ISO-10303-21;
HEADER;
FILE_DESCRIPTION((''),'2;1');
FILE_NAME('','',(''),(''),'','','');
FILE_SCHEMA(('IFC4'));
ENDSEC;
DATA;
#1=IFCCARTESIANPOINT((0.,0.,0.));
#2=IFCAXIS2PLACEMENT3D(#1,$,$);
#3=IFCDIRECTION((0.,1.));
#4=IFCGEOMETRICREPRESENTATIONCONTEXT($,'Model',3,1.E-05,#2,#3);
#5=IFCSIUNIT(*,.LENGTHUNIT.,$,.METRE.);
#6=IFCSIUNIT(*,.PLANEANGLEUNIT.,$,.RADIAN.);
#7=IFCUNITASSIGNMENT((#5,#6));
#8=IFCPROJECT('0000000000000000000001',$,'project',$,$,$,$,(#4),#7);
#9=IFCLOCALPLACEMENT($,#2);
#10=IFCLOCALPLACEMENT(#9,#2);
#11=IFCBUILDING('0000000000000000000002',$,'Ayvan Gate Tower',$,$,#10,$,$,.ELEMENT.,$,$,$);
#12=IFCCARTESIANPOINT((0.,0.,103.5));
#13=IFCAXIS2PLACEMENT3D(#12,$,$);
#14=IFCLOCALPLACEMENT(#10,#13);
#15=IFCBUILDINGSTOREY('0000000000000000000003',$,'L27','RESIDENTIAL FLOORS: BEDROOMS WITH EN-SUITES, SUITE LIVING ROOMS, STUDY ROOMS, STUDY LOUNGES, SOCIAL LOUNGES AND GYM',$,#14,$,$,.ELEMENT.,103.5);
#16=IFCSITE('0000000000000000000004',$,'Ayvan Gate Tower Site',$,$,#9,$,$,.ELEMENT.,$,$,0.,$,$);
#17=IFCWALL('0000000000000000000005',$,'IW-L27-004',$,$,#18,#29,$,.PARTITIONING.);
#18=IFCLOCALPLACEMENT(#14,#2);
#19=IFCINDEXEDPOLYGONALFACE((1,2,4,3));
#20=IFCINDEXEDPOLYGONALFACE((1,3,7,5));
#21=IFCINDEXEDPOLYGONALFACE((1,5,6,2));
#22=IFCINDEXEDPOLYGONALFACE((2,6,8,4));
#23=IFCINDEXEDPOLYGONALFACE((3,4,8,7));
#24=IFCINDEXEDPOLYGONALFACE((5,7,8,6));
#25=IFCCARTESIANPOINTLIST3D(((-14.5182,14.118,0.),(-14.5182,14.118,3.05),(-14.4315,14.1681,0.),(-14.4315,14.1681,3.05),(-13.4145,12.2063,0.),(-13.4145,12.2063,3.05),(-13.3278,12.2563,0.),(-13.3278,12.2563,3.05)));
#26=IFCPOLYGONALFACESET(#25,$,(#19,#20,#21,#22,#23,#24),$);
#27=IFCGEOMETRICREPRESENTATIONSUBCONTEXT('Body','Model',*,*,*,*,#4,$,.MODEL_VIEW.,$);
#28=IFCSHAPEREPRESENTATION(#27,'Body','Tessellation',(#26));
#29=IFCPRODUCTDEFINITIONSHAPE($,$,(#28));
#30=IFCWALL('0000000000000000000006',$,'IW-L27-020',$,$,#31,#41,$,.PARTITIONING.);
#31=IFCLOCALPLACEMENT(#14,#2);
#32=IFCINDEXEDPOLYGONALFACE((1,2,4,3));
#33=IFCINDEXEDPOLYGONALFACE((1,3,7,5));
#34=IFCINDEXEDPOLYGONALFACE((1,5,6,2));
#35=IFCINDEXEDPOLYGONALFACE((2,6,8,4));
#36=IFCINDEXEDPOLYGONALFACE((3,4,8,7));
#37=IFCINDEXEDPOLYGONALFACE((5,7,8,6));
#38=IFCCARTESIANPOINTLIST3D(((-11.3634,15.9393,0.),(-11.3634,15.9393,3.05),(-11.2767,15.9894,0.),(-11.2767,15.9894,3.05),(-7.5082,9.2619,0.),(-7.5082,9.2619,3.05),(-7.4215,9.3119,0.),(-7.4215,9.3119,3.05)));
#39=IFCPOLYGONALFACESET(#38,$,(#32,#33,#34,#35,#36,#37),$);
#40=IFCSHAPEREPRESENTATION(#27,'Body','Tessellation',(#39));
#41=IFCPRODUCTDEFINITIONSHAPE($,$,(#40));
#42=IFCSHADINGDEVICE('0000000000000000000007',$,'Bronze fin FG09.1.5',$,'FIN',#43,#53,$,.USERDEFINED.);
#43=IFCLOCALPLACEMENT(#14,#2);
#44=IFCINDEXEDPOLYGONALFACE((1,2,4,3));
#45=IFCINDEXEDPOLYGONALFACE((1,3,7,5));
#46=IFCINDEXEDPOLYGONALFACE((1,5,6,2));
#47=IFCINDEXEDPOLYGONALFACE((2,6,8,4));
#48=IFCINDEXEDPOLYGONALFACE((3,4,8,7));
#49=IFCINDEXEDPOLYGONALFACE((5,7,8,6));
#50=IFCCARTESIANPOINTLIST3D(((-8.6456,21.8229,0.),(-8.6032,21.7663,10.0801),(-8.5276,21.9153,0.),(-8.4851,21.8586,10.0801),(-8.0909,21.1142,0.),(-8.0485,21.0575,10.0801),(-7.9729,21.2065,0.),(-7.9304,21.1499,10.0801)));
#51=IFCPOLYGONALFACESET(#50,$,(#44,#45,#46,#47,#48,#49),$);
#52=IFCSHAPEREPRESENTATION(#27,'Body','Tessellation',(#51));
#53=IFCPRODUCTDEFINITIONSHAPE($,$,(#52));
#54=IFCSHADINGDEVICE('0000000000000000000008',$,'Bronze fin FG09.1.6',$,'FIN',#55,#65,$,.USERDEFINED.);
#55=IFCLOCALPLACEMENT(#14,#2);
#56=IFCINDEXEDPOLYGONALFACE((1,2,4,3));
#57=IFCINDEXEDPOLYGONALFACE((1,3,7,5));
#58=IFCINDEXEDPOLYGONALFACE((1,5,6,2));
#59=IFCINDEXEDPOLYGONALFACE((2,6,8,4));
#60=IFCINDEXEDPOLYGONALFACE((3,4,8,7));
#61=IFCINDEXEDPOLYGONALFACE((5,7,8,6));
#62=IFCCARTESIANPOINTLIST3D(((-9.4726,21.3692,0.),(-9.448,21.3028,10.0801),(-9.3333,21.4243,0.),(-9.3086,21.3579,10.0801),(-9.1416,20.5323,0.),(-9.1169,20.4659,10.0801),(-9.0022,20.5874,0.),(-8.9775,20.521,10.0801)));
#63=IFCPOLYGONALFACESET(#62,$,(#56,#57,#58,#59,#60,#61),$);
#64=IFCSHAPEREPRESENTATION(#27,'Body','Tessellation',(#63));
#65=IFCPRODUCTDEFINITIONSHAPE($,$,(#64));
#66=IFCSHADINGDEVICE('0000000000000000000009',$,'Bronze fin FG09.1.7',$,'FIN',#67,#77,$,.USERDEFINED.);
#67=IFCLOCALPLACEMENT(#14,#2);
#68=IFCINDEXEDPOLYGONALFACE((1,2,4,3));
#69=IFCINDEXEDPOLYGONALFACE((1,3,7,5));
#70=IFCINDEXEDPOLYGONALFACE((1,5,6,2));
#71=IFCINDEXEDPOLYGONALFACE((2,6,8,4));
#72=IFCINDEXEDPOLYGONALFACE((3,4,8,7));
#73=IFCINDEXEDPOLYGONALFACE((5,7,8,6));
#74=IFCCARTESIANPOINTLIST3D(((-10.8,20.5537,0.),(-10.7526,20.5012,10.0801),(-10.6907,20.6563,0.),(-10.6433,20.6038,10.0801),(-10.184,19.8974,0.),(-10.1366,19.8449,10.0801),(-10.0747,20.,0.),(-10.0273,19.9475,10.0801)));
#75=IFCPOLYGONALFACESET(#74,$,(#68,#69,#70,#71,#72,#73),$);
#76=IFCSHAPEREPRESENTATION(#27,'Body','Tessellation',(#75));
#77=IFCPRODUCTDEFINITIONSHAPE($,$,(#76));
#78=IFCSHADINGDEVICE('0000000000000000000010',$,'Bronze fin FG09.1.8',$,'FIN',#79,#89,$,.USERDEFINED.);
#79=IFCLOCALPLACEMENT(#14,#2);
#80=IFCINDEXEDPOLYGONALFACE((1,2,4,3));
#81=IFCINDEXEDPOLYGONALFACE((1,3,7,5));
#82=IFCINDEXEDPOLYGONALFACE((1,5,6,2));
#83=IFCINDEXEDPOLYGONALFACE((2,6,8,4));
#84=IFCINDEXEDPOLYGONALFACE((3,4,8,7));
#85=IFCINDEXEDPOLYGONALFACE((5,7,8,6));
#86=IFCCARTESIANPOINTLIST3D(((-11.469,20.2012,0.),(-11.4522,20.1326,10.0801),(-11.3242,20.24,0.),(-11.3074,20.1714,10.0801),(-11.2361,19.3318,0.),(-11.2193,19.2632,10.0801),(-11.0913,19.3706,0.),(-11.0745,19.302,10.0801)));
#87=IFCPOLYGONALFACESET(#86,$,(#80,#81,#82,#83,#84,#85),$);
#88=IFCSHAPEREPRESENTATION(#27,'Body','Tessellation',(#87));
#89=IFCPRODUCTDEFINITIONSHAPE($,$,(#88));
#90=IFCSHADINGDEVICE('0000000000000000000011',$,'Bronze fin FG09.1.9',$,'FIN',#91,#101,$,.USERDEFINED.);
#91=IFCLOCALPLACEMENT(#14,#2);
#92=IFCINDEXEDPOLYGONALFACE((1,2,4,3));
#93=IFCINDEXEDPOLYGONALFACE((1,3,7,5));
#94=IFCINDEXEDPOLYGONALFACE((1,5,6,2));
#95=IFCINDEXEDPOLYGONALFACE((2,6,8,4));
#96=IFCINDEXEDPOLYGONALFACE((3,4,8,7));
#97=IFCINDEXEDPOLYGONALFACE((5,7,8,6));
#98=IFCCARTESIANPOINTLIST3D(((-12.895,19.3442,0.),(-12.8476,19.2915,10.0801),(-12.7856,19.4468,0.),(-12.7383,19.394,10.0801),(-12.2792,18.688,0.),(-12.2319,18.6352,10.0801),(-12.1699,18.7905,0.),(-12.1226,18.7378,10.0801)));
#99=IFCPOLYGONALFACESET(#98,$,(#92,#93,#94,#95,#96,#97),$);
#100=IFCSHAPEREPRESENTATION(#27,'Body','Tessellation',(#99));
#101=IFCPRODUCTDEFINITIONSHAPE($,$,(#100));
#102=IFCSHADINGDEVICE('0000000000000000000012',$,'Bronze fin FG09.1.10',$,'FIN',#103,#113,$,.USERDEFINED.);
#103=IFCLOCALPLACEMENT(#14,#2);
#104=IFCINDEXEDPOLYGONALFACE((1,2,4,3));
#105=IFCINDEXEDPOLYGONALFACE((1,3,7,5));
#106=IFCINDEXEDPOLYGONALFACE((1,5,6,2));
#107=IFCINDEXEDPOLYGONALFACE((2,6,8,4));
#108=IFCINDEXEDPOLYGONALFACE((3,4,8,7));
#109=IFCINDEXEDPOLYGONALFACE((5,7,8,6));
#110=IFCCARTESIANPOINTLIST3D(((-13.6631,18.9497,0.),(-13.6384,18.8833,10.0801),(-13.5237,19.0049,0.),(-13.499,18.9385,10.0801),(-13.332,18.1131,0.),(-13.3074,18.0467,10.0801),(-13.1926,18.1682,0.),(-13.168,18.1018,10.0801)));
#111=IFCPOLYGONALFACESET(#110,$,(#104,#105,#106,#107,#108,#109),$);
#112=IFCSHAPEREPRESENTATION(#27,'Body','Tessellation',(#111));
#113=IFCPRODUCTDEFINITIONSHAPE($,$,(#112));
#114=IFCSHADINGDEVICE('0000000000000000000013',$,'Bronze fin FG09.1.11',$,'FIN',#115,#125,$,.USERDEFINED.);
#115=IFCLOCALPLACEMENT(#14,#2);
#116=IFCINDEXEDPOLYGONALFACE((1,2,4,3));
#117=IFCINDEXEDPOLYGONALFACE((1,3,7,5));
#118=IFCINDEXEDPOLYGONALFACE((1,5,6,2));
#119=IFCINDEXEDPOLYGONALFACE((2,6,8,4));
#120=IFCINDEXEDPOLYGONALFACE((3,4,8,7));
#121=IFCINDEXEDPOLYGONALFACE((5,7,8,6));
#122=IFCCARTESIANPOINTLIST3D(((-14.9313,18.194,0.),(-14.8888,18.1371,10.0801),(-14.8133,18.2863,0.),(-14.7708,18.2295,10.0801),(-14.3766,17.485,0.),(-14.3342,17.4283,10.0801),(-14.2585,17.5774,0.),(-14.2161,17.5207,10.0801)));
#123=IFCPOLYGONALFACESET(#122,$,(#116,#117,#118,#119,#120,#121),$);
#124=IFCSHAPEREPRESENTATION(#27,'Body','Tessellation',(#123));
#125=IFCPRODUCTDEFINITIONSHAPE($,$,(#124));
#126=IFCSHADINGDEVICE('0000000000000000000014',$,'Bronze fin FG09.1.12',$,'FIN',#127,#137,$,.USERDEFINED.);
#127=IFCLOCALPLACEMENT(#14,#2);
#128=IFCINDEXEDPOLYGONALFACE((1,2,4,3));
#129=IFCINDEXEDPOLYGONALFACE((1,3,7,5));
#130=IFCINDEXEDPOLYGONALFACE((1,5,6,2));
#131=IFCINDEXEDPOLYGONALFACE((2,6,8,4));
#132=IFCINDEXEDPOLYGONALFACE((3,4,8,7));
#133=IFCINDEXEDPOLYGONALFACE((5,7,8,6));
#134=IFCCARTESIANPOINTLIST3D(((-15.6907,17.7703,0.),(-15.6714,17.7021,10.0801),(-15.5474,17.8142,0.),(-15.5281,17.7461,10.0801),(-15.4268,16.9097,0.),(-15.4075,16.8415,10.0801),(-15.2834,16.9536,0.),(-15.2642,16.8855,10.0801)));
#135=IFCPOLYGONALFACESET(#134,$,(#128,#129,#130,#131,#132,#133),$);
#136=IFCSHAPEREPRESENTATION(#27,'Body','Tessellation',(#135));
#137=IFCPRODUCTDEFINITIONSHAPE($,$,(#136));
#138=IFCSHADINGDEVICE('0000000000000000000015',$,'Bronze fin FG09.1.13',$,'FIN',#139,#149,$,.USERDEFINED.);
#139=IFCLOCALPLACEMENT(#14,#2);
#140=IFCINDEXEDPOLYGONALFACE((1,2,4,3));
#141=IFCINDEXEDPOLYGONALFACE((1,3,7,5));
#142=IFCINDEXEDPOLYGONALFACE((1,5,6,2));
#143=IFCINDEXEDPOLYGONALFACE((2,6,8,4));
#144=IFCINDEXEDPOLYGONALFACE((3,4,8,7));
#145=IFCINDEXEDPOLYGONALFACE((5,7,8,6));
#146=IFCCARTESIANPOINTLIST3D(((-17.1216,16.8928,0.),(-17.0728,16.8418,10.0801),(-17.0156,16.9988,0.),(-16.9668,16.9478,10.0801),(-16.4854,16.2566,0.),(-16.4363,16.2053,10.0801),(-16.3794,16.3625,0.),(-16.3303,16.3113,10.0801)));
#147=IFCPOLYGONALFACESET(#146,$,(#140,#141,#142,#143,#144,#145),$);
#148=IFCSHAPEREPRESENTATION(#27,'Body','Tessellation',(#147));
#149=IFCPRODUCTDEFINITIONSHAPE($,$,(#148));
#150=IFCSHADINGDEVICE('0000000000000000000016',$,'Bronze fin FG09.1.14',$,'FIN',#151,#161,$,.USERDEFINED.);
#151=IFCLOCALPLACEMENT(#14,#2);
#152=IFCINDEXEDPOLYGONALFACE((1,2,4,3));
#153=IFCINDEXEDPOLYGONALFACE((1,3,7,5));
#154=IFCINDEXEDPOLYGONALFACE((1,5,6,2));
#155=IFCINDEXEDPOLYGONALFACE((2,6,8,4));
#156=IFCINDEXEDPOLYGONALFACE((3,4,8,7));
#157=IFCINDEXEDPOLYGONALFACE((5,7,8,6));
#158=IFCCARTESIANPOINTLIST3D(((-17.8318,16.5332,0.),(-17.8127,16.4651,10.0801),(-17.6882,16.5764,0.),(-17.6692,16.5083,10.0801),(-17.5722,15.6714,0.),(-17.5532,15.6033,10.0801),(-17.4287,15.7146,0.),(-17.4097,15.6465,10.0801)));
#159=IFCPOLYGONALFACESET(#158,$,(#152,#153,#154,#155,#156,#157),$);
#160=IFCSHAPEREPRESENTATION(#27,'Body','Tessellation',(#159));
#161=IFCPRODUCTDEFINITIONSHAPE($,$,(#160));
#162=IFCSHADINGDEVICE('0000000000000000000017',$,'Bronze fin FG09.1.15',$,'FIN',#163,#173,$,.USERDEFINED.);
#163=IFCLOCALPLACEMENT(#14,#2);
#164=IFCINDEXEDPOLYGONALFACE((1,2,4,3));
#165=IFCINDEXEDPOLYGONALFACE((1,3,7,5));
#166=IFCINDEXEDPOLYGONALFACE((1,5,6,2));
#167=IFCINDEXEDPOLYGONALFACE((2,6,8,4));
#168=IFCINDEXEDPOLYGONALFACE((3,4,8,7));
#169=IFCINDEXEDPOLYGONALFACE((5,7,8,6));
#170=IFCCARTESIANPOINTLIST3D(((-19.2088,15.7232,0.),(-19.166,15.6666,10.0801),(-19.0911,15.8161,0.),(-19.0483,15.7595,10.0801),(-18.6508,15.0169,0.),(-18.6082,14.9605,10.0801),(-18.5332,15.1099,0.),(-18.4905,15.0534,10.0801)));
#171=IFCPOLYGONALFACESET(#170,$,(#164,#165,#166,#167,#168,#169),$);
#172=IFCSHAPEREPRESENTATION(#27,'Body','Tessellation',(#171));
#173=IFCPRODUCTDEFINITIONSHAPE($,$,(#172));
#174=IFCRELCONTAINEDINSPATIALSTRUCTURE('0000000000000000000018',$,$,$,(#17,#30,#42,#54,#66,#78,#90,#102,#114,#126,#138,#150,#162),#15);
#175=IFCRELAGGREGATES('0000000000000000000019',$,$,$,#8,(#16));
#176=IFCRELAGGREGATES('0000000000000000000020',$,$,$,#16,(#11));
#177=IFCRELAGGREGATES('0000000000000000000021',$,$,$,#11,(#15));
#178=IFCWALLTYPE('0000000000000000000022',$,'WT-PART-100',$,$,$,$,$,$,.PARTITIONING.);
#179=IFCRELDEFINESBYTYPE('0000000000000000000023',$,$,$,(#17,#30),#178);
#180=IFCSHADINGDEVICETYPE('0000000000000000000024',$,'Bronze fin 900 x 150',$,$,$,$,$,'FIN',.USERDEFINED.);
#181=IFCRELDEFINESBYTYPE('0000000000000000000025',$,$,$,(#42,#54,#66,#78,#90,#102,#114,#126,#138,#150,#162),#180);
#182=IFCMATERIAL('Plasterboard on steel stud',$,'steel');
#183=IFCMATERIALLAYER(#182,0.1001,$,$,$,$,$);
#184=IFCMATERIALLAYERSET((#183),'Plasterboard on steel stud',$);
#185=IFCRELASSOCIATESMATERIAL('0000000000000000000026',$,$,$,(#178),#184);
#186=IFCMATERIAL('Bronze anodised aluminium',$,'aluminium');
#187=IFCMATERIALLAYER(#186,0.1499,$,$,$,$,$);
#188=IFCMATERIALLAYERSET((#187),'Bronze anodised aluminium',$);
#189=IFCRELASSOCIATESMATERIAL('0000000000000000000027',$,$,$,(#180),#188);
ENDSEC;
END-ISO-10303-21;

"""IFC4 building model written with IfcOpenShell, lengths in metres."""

from ifc_helpers import new_model, si_unit, direction, frame, frame_2d, origin, place, context, subcontext, project, spatial, polyline, rectangle, outline, extrude, material, layer, layer_set, type_object, element, save


model = new_model("IFC4")

# Units and contexts
model_context = context("Model", 3, precision=1e-05, world=origin(), true_north=direction((0.0, 1.0)))
body_context = subcontext(model_context, "Body", "Model", "MODEL_VIEW")
ifc_project = project(units=[si_unit("LENGTHUNIT", "METRE"), si_unit("PLANEANGLEUNIT", "RADIAN")], contexts=[model_context])

# Site, building, storey
site_placement = place(None, origin())
site = spatial("IfcSite", under=ifc_project, at=site_placement, Name="Ayvan Gate Tower Site", CompositionType="ELEMENT", RefElevation=0.0)
building_placement = place(site_placement, origin())
building = spatial("IfcBuilding", under=site, at=building_placement, Name="Ayvan Gate Tower", CompositionType="ELEMENT")
storey_placement = place(building_placement, frame((0.0, 0.0, 103.5)))
storey = spatial("IfcBuildingStorey", under=building, at=storey_placement, Name="L27", Description="RESIDENTIAL FLOORS: BEDROOMS WITH EN-SUITES, SUITE LIVING ROOMS, STUDY ROOMS, STUDY LOUNGES, SOCIAL LOUNGES AND GYM", CompositionType="ELEMENT", Elevation=103.5)

# Shared definitions
ifc_material_1 = material(Name="Bronze anodised aluminium", Category="aluminium")

# Walls
ifc_material_2 = material(Name="Plasterboard on steel stud", Category="steel")
ifc_layer_1 = layer(ifc_material_2, 0.1001)
ifc_layer_set_1 = layer_set([ifc_layer_1], Name="Plasterboard on steel stud")
wall_type = type_object("IfcWallType", Name="WT-PART-100", PredefinedType="PARTITIONING", material=ifc_layer_set_1)
wall_1_placement = place(storey_placement, frame((-14.4749, 14.1431, 0.0), z_axis=(0.0, 0.0, 1.0), x_axis=(0.499981, -0.866036, 0.0)))
element("IfcWall", 1, at=wall_1_placement, inside=storey, type_object=wall_type, Name="IW-L27-004", PredefinedType="PARTITIONING", context=body_context, shape_type="SweptSolid", body=[
    extrude(rectangle(XDim=2.2075, YDim=0.1001, at=frame_2d((1.1038, 0.0))), origin(), (0.0, 0.0, 1.0), 3.05),
])
wall_2_placement = place(storey_placement, frame((-11.3201, 15.9644, 0.0), z_axis=(0.0, 0.0, 1.0), x_axis=(0.499997, -0.866027, 0.0)))
element("IfcWall", 2, at=wall_2_placement, inside=storey, type_object=wall_type, Name="IW-L27-020", PredefinedType="PARTITIONING", context=body_context, shape_type="SweptSolid", body=[
    extrude(rectangle(XDim=7.7104, YDim=0.1001, at=frame_2d((3.8552, 0.0))), origin(), (0.0, 0.0, 1.0), 3.05),
])

# Shading devices
ifc_layer_2 = layer(ifc_material_1, 0.1499)
ifc_layer_set_2 = layer_set([ifc_layer_2], Name="Bronze anodised aluminium")
shading_device_type = type_object("IfcShadingDeviceType", Name="Bronze fin 900 x 150", ElementType="FIN", PredefinedType="USERDEFINED", material=ifc_layer_set_2)
shading_device_1_placement = place(storey_placement, frame((-7.9729, 21.2065, 0.0), z_axis=(0.787494, 0.616323, 0.000144), x_axis=(-0.616323, 0.787494, 0.0)))
element("IfcShadingDevice", 3, at=shading_device_1_placement, inside=storey, type_object=shading_device_type, Name="Bronze fin FG09.1.5", ObjectType="FIN", PredefinedType="USERDEFINED", context=body_context, shape_type="SweptSolid", body=[
    extrude(outline(polyline([(0.0, 0.0), (0.9, 0.0), (0.8292, 10.0801), (-0.0708, 10.0801), (0.0, 0.0)])), origin(), (0.0, 0.0, -1.0), 0.1499),
])
shading_device_2_placement = place(storey_placement, frame((-9.0022, 20.5874, 0.0), z_axis=(0.929892, 0.367833, 0.000149), x_axis=(-0.367833, 0.929892, 0.0)))
element("IfcShadingDevice", 4, at=shading_device_2_placement, inside=storey, type_object=shading_device_type, Name="Bronze fin FG09.1.6", ObjectType="FIN", PredefinedType="USERDEFINED", context=body_context, shape_type="SweptSolid", body=[
    extrude(outline(polyline([(0.0, 0.0), (0.9, 0.0), (0.8292, 10.0801), (-0.0708, 10.0801), (0.0, 0.0)])), origin(), (0.0, 0.0, -1.0), 0.1499),
])
shading_device_3_placement = place(storey_placement, frame((-10.0747, 20.0, 0.0), z_axis=(0.729131, 0.684374, 0.000138), x_axis=(-0.684374, 0.729131, 0.0)))
element("IfcShadingDevice", 5, at=shading_device_3_placement, inside=storey, type_object=shading_device_type, Name="Bronze fin FG09.1.7", ObjectType="FIN", PredefinedType="USERDEFINED", context=body_context, shape_type="SweptSolid", body=[
    extrude(outline(polyline([(0.0, 0.0), (0.9, 0.0), (0.8294, 10.0801), (-0.0707, 10.0801), (0.0, 0.0)])), origin(), (0.0, 0.0, -1.0), 0.1499),
])
shading_device_4_placement = place(storey_placement, frame((-11.0913, 19.3706, 0.0), z_axis=(0.965937, 0.258777, 0.000147), x_axis=(-0.258777, 0.965937, 0.0)))
element("IfcShadingDevice", 6, at=shading_device_4_placement, inside=storey, type_object=shading_device_type, Name="Bronze fin FG09.1.8", ObjectType="FIN", PredefinedType="USERDEFINED", context=body_context, shape_type="SweptSolid", body=[
    extrude(outline(polyline([(0.0, 0.0), (0.9, 0.0), (0.8294, 10.0801), (-0.0706, 10.0801), (0.0, 0.0)])), origin(), (0.0, 0.0, -1.0), 0.1499),
])
shading_device_5_placement = place(storey_placement, frame((-12.1699, 18.7905, 0.0), z_axis=(0.729266, 0.68423, 0.000153), x_axis=(-0.68423, 0.729266, 0.0)))
element("IfcShadingDevice", 7, at=shading_device_5_placement, inside=storey, type_object=shading_device_type, Name="Bronze fin FG09.1.9", ObjectType="FIN", PredefinedType="USERDEFINED", context=body_context, shape_type="SweptSolid", body=[
    extrude(outline(polyline([(0.0, 0.0), (0.8999, 0.0), (0.829, 10.0801), (-0.0709, 10.0801), (0.0, 0.0)])), origin(), (0.0, 0.0, -1.0), 0.1499),
])
shading_device_6_placement = place(storey_placement, frame((-13.1926, 18.1682, 0.0), z_axis=(0.929855, 0.367926, 0.000149), x_axis=(-0.367926, 0.929855, 0.0)))
element("IfcShadingDevice", 8, at=shading_device_6_placement, inside=storey, type_object=shading_device_type, Name="Bronze fin FG09.1.10", ObjectType="FIN", PredefinedType="USERDEFINED", context=body_context, shape_type="SweptSolid", body=[
    extrude(outline(polyline([(0.0, 0.0), (0.8998, 0.0), (0.829, 10.0801), (-0.0708, 10.0801), (0.0, 0.0)])), origin(), (0.0, 0.0, -1.0), 0.1499),
])
shading_device_7_placement = place(storey_placement, frame((-14.2585, 17.5774, 0.0), z_axis=(0.787545, 0.616257, 0.000151), x_axis=(-0.616257, 0.787545, 0.0)))
element("IfcShadingDevice", 9, at=shading_device_7_placement, inside=storey, type_object=shading_device_type, Name="Bronze fin FG09.1.11", ObjectType="FIN", PredefinedType="USERDEFINED", context=body_context, shape_type="SweptSolid", body=[
    extrude(outline(polyline([(0.0, 0.0), (0.9002, 0.0), (0.8292, 10.0801), (-0.0708, 10.0801), (0.0, 0.0)])), origin(), (0.0, 0.0, -1.0), 0.1499),
])
shading_device_8_placement = place(storey_placement, frame((-15.2834, 16.9536, 0.0), z_axis=(0.956054, 0.29319, 0.000152), x_axis=(-0.29319, 0.956054, 0.0)))
element("IfcShadingDevice", 10, at=shading_device_8_placement, inside=storey, type_object=shading_device_type, Name="Bronze fin FG09.1.12", ObjectType="FIN", PredefinedType="USERDEFINED", context=body_context, shape_type="SweptSolid", body=[
    extrude(outline(polyline([(0.0, 0.0), (0.9002, 0.0), (0.8294, 10.0801), (-0.0708, 10.0801), (0.0, 0.0)])), origin(), (0.0, 0.0, -1.0), 0.1499),
])
shading_device_9_placement = place(storey_placement, frame((-16.3794, 16.3625, 0.0), z_axis=(0.707107, 0.707107, 0.000154), x_axis=(-0.707107, 0.707107, 0.0)))
element("IfcShadingDevice", 11, at=shading_device_9_placement, inside=storey, type_object=shading_device_type, Name="Bronze fin FG09.1.13", ObjectType="FIN", PredefinedType="USERDEFINED", context=body_context, shape_type="SweptSolid", body=[
    extrude(outline(polyline([(0.0, 0.0), (0.8998, 0.0), (0.8292, 10.0801), (-0.071, 10.0801), (0.0, 0.0)])), origin(), (0.0, 0.0, -1.0), 0.1499),
])
shading_device_10_placement = place(storey_placement, frame((-17.4287, 15.7146, 0.0), z_axis=(0.957527, 0.288343, 0.00014), x_axis=(-0.288343, 0.957527, 0.0)))
element("IfcShadingDevice", 12, at=shading_device_10_placement, inside=storey, type_object=shading_device_type, Name="Bronze fin FG09.1.14", ObjectType="FIN", PredefinedType="USERDEFINED", context=body_context, shape_type="SweptSolid", body=[
    extrude(outline(polyline([(0.0, 0.0), (0.9, 0.0), (0.8293, 10.0801), (-0.0707, 10.0801), (0.0, 0.0)])), origin(), (0.0, 0.0, -1.0), 0.1499),
])
shading_device_11_placement = place(storey_placement, frame((-18.5332, 15.1099, 0.0), z_axis=(0.784692, 0.619886, 0.00015), x_axis=(-0.619886, 0.784692, 0.0)))
element("IfcShadingDevice", 13, at=shading_device_11_placement, inside=storey, type_object=shading_device_type, Name="Bronze fin FG09.1.15", ObjectType="FIN", PredefinedType="USERDEFINED", context=body_context, shape_type="SweptSolid", body=[
    extrude(outline(polyline([(0.0, 0.0), (0.9, 0.0), (0.8291, 10.0801), (-0.0707, 10.0801), (0.0, 0.0)])), origin(), (0.0, 0.0, -1.0), 0.1499),
])

save(model, "model.ifc")
